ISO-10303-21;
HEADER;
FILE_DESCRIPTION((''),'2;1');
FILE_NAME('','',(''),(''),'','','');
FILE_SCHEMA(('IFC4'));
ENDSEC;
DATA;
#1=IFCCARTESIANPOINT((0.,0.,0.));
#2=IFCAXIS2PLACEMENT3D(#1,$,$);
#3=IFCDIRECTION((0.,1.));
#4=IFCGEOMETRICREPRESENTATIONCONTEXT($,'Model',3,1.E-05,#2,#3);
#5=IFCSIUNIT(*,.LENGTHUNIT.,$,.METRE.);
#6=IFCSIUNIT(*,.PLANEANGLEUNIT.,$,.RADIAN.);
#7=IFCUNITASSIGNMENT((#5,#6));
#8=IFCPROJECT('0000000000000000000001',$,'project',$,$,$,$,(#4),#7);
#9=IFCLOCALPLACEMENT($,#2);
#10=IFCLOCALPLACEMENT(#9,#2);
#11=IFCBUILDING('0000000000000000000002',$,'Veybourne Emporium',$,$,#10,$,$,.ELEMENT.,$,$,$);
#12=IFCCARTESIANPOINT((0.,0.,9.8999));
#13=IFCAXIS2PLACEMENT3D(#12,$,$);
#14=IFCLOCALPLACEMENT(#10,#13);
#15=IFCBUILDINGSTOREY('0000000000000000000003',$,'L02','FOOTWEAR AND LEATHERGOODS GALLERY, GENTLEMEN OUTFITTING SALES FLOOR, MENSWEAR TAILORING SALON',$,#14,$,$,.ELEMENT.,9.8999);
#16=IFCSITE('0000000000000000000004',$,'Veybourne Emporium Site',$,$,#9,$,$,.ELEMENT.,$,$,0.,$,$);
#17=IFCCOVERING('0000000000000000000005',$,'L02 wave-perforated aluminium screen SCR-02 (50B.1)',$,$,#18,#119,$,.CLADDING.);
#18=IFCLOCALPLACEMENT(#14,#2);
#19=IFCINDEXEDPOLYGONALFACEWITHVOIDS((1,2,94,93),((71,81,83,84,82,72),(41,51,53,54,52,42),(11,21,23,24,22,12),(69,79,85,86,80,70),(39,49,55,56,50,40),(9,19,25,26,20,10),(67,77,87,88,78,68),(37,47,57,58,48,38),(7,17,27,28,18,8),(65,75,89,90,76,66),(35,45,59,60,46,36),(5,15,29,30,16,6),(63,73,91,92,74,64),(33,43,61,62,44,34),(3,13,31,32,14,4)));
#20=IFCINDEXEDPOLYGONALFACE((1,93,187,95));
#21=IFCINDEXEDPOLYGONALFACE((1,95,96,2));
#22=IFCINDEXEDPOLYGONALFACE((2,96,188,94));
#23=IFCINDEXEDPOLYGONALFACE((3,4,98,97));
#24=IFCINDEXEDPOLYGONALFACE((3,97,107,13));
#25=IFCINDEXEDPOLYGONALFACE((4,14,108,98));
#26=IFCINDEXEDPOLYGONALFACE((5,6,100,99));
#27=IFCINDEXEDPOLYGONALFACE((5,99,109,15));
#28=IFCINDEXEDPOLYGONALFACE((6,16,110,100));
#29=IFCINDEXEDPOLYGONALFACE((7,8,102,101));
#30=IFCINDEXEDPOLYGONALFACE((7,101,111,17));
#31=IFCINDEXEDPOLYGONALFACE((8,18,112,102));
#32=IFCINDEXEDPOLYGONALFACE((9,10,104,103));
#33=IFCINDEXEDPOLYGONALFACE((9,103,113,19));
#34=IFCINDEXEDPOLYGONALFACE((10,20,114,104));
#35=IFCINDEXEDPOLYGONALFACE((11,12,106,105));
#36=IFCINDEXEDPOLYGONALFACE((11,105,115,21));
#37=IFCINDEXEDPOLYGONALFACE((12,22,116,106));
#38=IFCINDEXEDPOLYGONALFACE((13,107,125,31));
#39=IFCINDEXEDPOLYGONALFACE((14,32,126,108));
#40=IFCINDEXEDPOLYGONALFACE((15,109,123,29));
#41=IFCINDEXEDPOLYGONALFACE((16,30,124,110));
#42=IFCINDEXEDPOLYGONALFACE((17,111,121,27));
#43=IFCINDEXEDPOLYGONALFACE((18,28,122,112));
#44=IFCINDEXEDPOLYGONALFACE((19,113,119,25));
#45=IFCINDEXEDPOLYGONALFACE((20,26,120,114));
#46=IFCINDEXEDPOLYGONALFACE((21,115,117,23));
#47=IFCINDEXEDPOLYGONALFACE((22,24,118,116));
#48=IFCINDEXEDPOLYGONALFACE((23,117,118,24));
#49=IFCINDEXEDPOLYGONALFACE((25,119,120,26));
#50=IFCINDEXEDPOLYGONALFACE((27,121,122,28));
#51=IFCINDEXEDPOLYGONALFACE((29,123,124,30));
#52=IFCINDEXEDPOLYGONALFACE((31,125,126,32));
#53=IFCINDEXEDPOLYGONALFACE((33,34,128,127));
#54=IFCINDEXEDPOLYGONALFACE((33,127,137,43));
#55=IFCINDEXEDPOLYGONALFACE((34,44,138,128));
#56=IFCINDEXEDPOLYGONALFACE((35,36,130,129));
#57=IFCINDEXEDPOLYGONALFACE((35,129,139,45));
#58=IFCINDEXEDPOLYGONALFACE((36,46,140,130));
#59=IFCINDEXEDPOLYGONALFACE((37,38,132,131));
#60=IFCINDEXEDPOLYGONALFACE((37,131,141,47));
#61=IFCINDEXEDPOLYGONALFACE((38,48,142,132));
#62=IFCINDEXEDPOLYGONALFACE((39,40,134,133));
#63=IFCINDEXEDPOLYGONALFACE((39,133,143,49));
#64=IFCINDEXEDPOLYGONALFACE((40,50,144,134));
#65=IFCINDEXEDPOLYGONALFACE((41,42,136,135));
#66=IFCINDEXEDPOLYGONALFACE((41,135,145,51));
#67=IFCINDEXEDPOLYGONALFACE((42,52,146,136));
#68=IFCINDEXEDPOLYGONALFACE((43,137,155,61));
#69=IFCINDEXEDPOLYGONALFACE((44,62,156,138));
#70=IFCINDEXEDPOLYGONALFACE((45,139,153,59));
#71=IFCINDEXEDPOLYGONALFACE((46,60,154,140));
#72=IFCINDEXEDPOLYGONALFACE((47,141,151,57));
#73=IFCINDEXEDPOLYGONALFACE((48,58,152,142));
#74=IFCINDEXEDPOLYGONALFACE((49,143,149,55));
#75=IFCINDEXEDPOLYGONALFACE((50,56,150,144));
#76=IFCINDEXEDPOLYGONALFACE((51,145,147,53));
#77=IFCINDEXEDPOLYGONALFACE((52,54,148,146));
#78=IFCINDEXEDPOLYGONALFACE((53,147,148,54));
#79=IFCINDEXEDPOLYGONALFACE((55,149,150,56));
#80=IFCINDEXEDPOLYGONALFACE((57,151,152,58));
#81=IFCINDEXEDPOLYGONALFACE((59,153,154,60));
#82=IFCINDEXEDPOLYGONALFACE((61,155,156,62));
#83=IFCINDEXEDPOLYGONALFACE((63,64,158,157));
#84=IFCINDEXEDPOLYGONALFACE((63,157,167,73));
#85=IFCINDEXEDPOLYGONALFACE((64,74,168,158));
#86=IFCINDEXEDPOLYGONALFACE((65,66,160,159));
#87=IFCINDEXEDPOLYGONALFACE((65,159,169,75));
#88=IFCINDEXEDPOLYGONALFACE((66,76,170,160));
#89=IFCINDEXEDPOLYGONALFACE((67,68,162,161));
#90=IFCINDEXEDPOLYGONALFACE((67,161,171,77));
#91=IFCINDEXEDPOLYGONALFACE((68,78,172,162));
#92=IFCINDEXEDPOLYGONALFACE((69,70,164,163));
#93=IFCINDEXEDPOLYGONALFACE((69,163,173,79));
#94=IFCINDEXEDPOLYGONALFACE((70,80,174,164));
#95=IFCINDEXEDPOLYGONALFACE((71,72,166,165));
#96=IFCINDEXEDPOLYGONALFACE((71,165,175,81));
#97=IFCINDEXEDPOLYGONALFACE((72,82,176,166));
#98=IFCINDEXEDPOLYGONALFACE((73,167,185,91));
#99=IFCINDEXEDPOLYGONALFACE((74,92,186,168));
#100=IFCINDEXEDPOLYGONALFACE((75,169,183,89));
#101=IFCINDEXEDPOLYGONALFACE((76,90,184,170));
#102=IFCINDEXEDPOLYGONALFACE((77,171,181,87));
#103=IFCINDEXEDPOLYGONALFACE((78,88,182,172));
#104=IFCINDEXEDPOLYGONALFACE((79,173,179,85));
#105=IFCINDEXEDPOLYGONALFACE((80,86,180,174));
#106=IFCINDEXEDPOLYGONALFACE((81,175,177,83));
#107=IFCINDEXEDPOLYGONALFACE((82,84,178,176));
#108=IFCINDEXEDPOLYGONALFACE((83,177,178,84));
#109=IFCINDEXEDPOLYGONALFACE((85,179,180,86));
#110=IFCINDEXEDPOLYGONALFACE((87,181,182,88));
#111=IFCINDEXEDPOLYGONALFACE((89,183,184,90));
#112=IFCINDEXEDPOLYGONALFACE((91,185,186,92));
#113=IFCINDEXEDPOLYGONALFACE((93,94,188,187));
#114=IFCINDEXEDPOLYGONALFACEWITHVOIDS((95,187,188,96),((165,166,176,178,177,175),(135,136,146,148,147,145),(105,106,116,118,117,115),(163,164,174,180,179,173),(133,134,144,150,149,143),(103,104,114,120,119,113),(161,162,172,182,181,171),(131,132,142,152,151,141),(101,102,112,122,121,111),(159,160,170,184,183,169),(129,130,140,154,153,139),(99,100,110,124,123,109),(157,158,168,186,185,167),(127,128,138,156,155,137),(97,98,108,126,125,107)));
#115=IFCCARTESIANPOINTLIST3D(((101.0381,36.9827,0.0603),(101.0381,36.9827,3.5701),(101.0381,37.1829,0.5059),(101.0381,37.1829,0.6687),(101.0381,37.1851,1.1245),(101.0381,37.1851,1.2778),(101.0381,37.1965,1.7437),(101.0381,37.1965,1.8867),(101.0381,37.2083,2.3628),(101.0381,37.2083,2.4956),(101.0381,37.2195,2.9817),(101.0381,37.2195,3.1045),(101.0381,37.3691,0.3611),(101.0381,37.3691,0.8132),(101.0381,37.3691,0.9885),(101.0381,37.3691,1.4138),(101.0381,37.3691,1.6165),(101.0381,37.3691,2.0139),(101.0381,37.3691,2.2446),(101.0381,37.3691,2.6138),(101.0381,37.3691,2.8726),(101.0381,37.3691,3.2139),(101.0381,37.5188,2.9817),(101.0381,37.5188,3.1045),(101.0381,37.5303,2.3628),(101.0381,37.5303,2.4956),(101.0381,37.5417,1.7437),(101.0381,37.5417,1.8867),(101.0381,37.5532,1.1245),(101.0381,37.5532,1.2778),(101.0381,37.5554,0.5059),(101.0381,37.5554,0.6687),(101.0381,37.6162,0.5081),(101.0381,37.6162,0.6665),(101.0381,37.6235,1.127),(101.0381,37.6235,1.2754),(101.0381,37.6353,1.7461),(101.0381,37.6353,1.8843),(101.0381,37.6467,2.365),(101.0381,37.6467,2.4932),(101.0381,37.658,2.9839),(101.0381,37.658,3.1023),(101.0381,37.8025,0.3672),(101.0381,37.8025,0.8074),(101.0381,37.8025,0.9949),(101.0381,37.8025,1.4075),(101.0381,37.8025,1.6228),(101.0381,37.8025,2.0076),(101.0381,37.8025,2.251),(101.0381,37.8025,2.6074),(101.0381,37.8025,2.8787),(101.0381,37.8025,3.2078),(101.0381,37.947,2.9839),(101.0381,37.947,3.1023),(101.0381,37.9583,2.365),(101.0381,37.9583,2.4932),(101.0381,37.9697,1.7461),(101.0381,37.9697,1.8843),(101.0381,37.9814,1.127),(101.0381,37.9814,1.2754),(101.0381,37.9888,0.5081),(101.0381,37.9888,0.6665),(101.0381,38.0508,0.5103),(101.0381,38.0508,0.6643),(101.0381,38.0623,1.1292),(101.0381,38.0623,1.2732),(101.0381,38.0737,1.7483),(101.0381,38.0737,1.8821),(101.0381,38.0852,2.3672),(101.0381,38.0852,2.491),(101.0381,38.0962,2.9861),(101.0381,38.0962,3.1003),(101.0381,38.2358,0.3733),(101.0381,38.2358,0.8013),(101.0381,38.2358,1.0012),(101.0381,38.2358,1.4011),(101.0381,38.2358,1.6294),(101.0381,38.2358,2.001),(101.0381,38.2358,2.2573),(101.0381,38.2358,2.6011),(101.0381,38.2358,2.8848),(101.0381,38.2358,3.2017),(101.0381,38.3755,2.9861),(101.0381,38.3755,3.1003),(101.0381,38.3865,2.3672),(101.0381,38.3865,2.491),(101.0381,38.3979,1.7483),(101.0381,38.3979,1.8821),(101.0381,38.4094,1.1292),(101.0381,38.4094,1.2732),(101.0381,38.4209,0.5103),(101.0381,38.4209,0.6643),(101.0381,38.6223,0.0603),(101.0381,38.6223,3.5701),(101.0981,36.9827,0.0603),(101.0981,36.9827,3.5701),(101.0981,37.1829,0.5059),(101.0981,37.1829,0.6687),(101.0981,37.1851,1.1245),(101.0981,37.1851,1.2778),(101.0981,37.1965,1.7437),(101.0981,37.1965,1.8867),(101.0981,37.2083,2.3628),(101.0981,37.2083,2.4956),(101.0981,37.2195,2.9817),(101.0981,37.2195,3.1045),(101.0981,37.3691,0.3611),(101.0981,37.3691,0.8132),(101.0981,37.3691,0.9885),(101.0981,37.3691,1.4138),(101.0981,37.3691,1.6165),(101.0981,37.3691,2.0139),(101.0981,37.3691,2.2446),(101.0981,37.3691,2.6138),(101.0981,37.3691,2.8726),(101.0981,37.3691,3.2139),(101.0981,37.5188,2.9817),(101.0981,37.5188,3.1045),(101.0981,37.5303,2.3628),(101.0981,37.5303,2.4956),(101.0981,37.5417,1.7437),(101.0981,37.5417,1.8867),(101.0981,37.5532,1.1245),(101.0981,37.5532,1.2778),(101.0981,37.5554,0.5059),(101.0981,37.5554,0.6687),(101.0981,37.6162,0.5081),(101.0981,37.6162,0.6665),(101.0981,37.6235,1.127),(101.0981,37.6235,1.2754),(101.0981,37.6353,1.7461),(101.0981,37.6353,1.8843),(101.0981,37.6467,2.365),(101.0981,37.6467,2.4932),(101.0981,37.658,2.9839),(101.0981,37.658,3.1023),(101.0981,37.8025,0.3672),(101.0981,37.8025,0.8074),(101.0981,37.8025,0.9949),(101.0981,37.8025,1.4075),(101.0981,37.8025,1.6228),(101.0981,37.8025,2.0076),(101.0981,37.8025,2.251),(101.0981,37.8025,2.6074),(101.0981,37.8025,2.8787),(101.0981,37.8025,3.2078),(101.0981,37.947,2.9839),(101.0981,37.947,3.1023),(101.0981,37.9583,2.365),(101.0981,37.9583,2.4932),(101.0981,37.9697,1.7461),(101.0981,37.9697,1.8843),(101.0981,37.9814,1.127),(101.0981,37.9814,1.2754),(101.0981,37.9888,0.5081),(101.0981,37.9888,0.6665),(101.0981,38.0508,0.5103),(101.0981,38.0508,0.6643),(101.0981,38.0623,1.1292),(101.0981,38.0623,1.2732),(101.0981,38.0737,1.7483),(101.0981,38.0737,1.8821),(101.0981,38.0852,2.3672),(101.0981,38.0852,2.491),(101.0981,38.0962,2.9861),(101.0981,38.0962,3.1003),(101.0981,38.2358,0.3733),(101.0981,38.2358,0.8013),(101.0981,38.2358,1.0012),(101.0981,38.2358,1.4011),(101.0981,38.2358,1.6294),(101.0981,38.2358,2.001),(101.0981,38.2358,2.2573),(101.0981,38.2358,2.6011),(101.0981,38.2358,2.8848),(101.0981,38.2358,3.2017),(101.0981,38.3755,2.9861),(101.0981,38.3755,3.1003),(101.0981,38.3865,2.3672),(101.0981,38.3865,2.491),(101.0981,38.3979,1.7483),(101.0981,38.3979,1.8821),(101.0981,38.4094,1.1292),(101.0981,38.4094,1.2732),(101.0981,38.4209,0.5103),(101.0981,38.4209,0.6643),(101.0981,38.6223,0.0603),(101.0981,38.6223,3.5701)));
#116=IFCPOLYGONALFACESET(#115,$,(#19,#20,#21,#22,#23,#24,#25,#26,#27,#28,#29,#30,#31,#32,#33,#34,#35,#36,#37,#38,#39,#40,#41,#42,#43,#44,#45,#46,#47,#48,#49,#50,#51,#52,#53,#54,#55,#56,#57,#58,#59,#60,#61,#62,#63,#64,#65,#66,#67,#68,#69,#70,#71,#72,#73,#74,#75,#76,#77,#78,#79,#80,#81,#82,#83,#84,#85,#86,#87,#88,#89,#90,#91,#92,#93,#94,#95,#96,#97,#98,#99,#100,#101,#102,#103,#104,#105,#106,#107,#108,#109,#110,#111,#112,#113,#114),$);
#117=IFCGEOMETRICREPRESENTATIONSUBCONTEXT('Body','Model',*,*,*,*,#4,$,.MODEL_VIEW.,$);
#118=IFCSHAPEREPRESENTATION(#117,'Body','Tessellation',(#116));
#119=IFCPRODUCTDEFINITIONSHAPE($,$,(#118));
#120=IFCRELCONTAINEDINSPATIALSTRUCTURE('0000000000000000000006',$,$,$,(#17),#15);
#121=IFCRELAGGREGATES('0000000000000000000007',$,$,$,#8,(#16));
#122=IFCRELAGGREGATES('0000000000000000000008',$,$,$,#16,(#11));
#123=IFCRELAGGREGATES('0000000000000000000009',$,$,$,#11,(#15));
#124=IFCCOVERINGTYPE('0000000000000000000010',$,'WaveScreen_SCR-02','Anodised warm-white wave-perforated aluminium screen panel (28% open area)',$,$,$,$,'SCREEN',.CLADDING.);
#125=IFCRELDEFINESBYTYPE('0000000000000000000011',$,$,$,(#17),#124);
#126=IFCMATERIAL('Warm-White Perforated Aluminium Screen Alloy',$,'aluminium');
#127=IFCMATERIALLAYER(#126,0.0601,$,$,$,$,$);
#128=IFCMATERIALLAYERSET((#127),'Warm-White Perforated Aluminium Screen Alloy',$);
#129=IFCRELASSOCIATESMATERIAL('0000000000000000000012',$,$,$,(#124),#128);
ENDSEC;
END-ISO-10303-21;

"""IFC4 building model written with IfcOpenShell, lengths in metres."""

from ifc_helpers import new_model, si_unit, direction, frame, origin, place, context, subcontext, project, spatial, polyline, outline, extrude, material, layer, layer_set, type_object, element, save


model = new_model("IFC4")

# Units and contexts
model_context = context("Model", 3, precision=1e-05, world=origin(), true_north=direction((0.0, 1.0)))
body_context = subcontext(model_context, "Body", "Model", "MODEL_VIEW")
ifc_project = project(units=[si_unit("LENGTHUNIT", "METRE"), si_unit("PLANEANGLEUNIT", "RADIAN")], contexts=[model_context])

# Site, building, storey
site_placement = place(None, origin())
site = spatial("IfcSite", under=ifc_project, at=site_placement, Name="Veybourne Emporium Site", CompositionType="ELEMENT", RefElevation=0.0)
building_placement = place(site_placement, origin())
building = spatial("IfcBuilding", under=site, at=building_placement, Name="Veybourne Emporium", CompositionType="ELEMENT")
storey_placement = place(building_placement, frame((0.0, 0.0, 9.8999)))
storey = spatial("IfcBuildingStorey", under=building, at=storey_placement, Name="L02", Description="FOOTWEAR AND LEATHERGOODS GALLERY, GENTLEMEN OUTFITTING SALES FLOOR, MENSWEAR TAILORING SALON", CompositionType="ELEMENT", Elevation=9.8999)

# Covering
ifc_material_1 = material(Name="Warm-White Perforated Aluminium Screen Alloy", Category="aluminium")
ifc_layer_1 = layer(ifc_material_1, 0.0601)
ifc_layer_set_1 = layer_set([ifc_layer_1], Name="Warm-White Perforated Aluminium Screen Alloy")
covering_type_1 = type_object("IfcCoveringType", Name="WaveScreen_SCR-02", Description="Anodised warm-white wave-perforated aluminium screen panel (28% open area)", ElementType="SCREEN", PredefinedType="CLADDING", material=ifc_layer_set_1)
covering_1_placement = place(storey_placement, frame((101.0981, 37.8025, 1.8152), z_axis=(-1.0, 0.0, 0.0), x_axis=(0.0, -1.0, 0.0)))
element("IfcCovering", 1, at=covering_1_placement, inside=storey, type_object=covering_type_1, Name="L02 wave-perforated aluminium screen SCR-02 (50B.1)", PredefinedType="CLADDING", context=body_context, shape_type="SweptSolid", body=[
    extrude(outline(polyline([(-0.8198, -1.7549), (0.8198, -1.7549), (0.8198, 1.7549), (-0.8198, 1.7549), (-0.8198, -1.7549)]), holes=[polyline([(-0.4333, -1.0139), (-0.2483, -1.1509), (-0.2483, -1.3049), (-0.4333, -1.4419), (-0.6184, -1.3049), (-0.6184, -1.1509), (-0.4333, -1.0139)]), polyline([(-0.4333, -0.4141), (-0.2598, -0.542), (-0.2598, -0.686), (-0.4333, -0.814), (-0.6069, -0.686), (-0.6069, -0.542), (-0.4333, -0.4141)]), polyline([(-0.4333, 0.1858), (-0.2712, 0.0669), (-0.2712, -0.0669), (-0.4333, -0.1858), (-0.5955, -0.0669), (-0.5955, 0.0669), (-0.4333, 0.1858)]), polyline([(-0.4333, 0.7859), (-0.2827, 0.6758), (-0.2827, 0.552), (-0.4333, 0.4421), (-0.584, 0.552), (-0.584, 0.6758), (-0.4333, 0.7859)]), polyline([(-0.4333, 1.3865), (-0.2937, 1.2852), (-0.2937, 1.1709), (-0.4333, 1.0696), (-0.573, 1.1709), (-0.573, 1.2852), (-0.4333, 1.3865)]), polyline([(0.0, -1.0078), (0.1863, -1.1487), (0.1863, -1.3071), (0.0, -1.448), (-0.1863, -1.3071), (-0.1863, -1.1487), (0.0, -1.0078)]), polyline([(0.0, -0.4077), (0.179, -0.5398), (0.179, -0.6882), (0.0, -0.8203), (-0.179, -0.6882), (-0.179, -0.5398), (0.0, -0.4077)]), polyline([(0.0, 0.1924), (0.1672, 0.0691), (0.1672, -0.0691), (0.0, -0.1924), (-0.1672, -0.0691), (-0.1672, 0.0691), (0.0, 0.1924)]), polyline([(0.0, 0.7922), (0.1558, 0.678), (0.1558, 0.5498), (0.0, 0.4358), (-0.1558, 0.5498), (-0.1558, 0.678), (0.0, 0.7922)]), polyline([(0.0, 1.3926), (0.1445, 1.2871), (0.1445, 1.1687), (0.0, 1.0635), (-0.1445, 1.1687), (-0.1445, 1.2871), (0.0, 1.3926)]), polyline([(0.4333, -1.002), (0.6196, -1.1465), (0.6196, -1.3093), (0.4333, -1.4541), (0.2471, -1.3093), (0.2471, -1.1465), (0.4333, -1.002)]), polyline([(0.4333, -0.4014), (0.6174, -0.5374), (0.6174, -0.6907), (0.4333, -0.8267), (0.2493, -0.6907), (0.2493, -0.5374), (0.4333, -0.4014)]), polyline([(0.4333, 0.1987), (0.606, 0.0715), (0.606, -0.0715), (0.4333, -0.1987), (0.2607, -0.0715), (0.2607, 0.0715), (0.4333, 0.1987)]), polyline([(0.4333, 0.7986), (0.5942, 0.6804), (0.5942, 0.5476), (0.4333, 0.4294), (0.2722, 0.5476), (0.2722, 0.6804), (0.4333, 0.7986)]), polyline([(0.4333, 1.3987), (0.583, 1.2893), (0.583, 1.1665), (0.4333, 1.0574), (0.2837, 1.1665), (0.2837, 1.2893), (0.4333, 1.3987)])]), origin(), (0.0, 0.0, 1.0), 0.0601),
])

save(model, "model.ifc")
